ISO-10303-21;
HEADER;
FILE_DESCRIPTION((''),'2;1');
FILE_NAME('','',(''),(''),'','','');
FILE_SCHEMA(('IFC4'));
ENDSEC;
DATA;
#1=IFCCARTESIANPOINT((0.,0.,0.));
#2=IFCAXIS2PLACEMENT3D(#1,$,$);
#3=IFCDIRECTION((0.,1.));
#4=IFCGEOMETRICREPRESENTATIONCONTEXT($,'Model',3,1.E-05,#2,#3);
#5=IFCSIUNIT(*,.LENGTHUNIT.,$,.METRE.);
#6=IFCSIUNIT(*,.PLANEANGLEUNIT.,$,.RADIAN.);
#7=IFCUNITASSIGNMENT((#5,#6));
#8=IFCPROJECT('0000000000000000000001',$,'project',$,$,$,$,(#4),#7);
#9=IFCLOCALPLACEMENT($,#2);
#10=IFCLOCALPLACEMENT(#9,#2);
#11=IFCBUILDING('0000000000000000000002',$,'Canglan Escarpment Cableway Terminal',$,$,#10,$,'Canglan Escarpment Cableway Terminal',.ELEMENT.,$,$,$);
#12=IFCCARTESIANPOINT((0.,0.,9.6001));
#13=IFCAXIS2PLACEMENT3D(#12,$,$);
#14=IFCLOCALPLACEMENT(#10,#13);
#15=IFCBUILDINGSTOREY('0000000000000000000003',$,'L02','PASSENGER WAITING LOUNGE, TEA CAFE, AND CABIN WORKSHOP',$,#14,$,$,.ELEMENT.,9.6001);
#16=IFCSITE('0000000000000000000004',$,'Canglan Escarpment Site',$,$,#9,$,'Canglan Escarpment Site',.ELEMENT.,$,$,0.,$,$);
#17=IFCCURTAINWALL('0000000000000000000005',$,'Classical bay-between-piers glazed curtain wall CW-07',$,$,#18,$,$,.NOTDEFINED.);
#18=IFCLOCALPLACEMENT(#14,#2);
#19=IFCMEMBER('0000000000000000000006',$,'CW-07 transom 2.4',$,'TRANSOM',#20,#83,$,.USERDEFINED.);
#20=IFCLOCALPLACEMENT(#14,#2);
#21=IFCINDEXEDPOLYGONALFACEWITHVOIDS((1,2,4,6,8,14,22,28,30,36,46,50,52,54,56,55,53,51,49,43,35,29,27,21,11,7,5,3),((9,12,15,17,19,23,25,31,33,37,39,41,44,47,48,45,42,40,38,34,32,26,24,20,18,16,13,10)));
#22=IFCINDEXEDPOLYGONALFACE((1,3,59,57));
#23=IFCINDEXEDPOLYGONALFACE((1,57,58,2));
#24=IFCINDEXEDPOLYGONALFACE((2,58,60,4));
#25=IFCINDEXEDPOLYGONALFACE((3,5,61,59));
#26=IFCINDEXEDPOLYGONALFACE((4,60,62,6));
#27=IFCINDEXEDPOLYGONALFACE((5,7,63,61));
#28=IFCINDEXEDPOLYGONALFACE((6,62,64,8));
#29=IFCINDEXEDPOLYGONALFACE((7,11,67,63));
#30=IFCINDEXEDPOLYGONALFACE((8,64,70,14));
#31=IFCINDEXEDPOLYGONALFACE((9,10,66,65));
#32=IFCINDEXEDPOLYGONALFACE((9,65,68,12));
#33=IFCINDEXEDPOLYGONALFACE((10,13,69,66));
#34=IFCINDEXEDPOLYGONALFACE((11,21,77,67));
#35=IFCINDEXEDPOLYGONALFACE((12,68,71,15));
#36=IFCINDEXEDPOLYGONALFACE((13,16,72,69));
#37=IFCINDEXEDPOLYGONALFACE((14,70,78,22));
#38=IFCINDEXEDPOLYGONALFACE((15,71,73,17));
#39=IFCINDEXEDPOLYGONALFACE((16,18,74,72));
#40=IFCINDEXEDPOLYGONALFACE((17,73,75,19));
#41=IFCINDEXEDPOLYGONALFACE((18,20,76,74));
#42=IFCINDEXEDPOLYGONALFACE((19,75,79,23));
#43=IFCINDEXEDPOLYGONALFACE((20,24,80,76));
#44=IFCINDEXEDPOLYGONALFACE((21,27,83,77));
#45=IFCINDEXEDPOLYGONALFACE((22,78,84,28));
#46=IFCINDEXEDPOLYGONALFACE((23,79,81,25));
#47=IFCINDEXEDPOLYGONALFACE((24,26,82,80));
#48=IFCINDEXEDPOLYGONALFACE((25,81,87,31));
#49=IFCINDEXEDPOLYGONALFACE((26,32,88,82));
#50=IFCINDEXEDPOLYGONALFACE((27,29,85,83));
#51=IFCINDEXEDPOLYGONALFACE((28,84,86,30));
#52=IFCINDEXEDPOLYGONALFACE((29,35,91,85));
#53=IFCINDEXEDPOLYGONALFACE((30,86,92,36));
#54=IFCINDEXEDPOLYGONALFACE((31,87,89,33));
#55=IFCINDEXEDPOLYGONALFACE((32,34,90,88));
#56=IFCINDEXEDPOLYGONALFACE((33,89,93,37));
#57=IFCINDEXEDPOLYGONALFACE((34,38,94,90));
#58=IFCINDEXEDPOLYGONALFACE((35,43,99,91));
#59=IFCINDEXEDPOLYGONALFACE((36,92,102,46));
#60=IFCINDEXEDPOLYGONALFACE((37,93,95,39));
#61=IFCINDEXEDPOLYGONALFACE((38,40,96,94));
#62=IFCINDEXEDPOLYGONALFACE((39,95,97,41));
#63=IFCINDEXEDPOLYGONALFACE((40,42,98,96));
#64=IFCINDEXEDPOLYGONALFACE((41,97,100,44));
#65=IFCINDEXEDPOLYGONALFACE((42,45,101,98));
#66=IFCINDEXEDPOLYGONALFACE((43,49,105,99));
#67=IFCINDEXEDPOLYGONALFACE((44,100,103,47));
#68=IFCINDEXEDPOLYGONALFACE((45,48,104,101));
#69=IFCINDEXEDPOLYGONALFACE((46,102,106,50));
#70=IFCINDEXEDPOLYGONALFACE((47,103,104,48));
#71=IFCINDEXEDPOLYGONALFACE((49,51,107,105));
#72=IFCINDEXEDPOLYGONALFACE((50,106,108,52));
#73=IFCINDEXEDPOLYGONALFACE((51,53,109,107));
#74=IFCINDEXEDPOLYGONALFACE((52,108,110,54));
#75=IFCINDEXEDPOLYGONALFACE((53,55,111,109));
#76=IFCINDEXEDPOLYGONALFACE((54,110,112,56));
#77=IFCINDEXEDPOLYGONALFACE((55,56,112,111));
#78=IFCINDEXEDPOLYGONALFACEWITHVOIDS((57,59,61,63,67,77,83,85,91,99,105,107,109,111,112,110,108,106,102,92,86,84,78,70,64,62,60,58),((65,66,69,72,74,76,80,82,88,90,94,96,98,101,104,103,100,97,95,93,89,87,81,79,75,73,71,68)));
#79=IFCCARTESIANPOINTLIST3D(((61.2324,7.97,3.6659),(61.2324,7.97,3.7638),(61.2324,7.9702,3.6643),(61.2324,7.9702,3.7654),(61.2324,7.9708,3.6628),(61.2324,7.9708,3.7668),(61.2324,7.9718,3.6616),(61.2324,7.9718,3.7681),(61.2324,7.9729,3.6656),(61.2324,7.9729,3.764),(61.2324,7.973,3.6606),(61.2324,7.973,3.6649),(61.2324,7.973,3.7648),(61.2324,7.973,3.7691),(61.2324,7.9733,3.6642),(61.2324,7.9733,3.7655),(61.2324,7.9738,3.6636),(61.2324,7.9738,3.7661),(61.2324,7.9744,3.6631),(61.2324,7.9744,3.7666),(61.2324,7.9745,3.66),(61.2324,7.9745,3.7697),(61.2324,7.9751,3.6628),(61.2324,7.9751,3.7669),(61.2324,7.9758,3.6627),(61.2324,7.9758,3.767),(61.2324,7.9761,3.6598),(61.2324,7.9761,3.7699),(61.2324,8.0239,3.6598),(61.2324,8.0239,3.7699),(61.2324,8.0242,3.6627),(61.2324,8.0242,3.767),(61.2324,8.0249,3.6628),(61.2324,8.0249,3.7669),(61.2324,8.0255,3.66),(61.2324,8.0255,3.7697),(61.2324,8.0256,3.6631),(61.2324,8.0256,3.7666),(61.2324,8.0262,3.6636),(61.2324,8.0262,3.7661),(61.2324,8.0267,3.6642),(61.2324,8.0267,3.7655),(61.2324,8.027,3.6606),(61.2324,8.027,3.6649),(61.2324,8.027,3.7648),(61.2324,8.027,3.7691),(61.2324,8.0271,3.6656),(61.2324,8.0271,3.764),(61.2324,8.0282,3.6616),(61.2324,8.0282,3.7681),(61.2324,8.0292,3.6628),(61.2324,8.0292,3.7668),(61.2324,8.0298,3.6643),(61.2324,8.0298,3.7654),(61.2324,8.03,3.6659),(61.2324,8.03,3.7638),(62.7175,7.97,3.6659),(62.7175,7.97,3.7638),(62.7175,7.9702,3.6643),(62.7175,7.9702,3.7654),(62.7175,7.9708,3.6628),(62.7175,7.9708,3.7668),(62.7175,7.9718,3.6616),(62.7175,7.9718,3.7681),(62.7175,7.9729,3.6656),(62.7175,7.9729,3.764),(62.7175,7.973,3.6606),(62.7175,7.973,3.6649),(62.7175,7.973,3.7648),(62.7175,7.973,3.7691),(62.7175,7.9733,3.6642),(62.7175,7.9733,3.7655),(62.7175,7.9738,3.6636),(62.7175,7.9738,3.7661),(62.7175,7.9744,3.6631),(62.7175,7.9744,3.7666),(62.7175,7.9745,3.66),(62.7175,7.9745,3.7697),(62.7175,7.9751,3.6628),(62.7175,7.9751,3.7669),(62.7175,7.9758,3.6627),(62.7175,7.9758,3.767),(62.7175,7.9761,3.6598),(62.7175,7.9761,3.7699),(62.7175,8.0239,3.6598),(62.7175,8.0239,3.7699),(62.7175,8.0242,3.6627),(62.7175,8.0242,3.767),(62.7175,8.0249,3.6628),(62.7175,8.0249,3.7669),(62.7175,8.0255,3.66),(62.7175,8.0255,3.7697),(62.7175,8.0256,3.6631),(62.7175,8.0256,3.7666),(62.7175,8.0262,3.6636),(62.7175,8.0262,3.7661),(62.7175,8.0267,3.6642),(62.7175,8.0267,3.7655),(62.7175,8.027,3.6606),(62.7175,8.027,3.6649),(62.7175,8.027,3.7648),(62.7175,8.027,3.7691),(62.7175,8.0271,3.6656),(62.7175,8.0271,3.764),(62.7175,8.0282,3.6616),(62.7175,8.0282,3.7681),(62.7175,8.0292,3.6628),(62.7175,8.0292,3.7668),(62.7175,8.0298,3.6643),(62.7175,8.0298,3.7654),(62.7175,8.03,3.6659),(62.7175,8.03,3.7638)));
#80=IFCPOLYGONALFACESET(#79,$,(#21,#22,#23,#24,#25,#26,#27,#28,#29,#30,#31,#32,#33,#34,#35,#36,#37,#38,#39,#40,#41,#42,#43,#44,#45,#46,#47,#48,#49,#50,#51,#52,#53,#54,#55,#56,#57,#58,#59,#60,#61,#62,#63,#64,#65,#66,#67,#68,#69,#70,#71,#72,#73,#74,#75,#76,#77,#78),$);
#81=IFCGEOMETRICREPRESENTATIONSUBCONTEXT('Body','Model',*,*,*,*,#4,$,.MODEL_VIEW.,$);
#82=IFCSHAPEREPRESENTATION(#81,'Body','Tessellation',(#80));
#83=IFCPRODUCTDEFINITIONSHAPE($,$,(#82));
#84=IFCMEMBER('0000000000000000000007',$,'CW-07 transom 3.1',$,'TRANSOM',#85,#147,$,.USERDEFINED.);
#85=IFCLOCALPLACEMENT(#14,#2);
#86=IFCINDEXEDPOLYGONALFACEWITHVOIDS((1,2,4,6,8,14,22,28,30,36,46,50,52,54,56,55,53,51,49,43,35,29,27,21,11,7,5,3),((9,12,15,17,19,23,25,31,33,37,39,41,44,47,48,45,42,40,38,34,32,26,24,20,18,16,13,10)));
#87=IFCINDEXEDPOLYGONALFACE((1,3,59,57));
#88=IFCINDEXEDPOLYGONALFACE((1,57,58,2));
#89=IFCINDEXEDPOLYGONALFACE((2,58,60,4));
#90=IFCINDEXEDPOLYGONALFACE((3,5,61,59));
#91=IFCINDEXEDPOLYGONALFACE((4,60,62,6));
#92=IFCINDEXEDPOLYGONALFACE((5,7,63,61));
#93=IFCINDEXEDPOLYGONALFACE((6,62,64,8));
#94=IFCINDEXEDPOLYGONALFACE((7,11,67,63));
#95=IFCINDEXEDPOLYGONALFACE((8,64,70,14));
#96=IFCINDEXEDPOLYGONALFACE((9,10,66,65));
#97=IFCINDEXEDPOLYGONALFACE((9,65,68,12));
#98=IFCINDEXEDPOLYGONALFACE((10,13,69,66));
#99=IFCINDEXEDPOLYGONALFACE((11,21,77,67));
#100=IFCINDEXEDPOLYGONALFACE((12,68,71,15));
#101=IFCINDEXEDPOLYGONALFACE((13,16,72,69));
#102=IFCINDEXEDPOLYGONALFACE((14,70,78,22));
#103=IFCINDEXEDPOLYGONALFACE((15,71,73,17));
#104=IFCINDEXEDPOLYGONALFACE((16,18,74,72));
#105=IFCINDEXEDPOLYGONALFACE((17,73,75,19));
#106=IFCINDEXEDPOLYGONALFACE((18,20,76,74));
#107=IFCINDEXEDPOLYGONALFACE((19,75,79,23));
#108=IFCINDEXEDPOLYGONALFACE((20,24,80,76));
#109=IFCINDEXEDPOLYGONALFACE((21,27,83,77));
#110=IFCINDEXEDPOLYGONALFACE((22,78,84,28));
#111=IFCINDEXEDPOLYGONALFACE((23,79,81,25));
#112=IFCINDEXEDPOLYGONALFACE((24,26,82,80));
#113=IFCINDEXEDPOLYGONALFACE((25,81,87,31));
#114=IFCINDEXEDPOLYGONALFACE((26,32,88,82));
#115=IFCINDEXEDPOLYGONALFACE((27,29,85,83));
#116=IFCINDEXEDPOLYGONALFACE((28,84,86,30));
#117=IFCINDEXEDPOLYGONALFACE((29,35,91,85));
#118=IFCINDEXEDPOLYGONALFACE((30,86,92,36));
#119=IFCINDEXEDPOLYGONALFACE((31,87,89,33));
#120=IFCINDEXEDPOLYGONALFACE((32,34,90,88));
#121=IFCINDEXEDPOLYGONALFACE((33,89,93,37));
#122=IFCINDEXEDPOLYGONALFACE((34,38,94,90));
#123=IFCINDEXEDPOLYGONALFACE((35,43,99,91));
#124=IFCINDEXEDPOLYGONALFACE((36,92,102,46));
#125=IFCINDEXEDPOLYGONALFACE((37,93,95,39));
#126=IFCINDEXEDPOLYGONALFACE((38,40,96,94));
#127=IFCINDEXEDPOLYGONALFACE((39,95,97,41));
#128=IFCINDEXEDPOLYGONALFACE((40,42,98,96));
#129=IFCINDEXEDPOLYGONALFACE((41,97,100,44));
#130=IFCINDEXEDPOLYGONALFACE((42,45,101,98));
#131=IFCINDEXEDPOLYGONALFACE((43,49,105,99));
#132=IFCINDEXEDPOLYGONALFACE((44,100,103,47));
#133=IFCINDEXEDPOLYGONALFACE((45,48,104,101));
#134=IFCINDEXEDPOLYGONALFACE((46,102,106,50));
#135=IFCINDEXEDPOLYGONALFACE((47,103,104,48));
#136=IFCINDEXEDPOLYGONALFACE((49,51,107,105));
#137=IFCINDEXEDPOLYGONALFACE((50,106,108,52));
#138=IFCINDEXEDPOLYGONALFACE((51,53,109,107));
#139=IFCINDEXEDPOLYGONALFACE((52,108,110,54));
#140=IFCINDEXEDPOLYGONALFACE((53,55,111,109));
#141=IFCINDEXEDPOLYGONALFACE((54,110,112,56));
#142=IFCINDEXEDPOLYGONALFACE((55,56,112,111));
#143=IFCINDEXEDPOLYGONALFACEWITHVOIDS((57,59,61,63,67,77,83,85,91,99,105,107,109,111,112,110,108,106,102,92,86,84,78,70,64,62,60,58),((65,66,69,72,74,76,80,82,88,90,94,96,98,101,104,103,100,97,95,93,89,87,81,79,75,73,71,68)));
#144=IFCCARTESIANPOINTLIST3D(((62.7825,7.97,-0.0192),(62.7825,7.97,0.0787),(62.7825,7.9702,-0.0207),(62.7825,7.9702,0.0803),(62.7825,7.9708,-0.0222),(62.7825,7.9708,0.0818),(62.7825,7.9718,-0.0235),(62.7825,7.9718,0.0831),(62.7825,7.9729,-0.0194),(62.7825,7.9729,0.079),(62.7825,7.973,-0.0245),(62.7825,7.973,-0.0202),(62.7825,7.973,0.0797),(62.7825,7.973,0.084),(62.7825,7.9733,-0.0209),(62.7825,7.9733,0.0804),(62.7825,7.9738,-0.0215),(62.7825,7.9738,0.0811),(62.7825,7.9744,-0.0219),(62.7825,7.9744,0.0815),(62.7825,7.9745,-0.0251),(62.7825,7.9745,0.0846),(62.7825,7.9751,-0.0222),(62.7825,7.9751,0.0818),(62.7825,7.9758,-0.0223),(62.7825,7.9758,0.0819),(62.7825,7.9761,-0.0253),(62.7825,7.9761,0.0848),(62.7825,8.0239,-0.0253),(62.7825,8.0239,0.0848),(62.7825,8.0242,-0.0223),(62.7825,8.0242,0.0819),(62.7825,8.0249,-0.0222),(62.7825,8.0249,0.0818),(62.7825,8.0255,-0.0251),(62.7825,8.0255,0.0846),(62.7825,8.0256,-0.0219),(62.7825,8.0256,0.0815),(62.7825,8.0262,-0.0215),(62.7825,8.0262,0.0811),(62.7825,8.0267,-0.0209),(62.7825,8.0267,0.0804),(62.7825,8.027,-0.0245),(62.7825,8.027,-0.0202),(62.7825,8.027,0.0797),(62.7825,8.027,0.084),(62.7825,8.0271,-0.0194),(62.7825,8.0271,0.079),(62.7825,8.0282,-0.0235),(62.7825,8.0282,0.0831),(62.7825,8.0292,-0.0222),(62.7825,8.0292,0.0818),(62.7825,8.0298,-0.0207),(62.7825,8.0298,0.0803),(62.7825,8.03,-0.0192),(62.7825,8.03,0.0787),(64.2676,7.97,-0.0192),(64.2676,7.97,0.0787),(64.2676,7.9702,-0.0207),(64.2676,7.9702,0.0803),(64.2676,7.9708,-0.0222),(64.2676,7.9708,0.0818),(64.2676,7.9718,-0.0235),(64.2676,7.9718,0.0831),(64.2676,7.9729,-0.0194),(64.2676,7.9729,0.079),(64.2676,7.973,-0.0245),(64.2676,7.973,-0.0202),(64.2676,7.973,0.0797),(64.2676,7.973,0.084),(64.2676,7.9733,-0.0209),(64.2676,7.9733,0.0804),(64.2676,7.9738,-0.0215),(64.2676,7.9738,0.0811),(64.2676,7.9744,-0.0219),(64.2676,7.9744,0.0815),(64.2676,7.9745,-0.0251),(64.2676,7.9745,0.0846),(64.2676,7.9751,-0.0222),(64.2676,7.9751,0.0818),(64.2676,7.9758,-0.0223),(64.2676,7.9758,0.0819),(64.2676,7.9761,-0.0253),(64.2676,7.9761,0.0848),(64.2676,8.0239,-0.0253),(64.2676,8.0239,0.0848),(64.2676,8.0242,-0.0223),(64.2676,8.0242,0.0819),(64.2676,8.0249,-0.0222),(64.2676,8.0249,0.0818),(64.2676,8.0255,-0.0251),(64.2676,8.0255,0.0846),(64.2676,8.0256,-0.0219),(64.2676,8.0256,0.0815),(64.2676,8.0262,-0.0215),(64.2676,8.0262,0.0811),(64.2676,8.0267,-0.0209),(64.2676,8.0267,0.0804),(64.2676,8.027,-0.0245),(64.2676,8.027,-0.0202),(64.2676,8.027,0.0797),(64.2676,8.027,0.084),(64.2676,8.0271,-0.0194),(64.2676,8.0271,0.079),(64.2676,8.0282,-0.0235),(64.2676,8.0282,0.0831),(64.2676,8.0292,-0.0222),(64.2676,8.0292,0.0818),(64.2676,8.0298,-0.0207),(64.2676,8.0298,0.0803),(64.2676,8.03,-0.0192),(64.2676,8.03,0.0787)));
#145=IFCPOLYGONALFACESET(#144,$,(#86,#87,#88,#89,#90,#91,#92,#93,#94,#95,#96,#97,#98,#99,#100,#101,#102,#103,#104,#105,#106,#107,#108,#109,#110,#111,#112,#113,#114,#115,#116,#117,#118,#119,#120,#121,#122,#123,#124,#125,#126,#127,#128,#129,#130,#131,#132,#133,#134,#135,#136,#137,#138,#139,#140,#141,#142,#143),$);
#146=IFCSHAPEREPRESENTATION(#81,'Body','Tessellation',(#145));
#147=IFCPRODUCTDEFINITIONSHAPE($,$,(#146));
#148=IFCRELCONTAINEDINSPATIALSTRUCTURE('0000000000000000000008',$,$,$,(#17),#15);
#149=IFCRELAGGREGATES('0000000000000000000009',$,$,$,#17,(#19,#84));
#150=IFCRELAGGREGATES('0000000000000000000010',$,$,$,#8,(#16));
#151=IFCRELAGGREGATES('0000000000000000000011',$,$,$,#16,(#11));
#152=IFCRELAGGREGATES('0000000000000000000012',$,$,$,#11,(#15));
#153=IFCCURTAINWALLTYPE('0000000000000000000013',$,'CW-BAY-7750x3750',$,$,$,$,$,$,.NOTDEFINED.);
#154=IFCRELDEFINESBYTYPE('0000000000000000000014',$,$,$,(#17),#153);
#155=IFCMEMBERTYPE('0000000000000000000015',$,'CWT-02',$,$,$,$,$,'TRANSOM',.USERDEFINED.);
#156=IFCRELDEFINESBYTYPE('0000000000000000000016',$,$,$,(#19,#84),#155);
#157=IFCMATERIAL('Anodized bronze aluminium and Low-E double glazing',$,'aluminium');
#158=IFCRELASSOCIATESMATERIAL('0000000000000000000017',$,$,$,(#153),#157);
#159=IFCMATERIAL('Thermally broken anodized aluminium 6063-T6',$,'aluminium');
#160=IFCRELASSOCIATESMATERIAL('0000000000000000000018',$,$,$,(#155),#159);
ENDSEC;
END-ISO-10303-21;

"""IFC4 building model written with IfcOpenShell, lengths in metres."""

from ifc_helpers import new_model, si_unit, direction, frame, origin, origin_2d, place, context, subcontext, project, spatial, hollow_rectangle, extrude, material, material_profile, profile_set, type_object, element, aggregate, save


model = new_model("IFC4")

# Units and contexts
model_context = context("Model", 3, precision=1e-05, world=origin(), true_north=direction((0.0, 1.0)))
body_context = subcontext(model_context, "Body", "Model", "MODEL_VIEW")
ifc_project = project(units=[si_unit("LENGTHUNIT", "METRE"), si_unit("PLANEANGLEUNIT", "RADIAN")], contexts=[model_context])

# Site, building, storey
site_placement = place(None, origin())
site = spatial("IfcSite", under=ifc_project, at=site_placement, Name="Canglan Escarpment Site", LongName="Canglan Escarpment Site", CompositionType="ELEMENT", RefElevation=0.0)
building_placement = place(site_placement, origin())
building = spatial("IfcBuilding", under=site, at=building_placement, Name="Canglan Escarpment Cableway Terminal", LongName="Canglan Escarpment Cableway Terminal", CompositionType="ELEMENT")
storey_placement = place(building_placement, frame((0.0, 0.0, 9.6001)))
storey = spatial("IfcBuildingStorey", under=building, at=storey_placement, Name="L02", Description="PASSENGER WAITING LOUNGE, TEA CAFE, AND CABIN WORKSHOP", CompositionType="ELEMENT", Elevation=9.6001)

# Curtain wall, members
ifc_material_1 = material(Name="Anodized bronze aluminium and Low-E double glazing", Category="aluminium")
curtain_wall_type = type_object("IfcCurtainWallType", Name="CW-BAY-7750x3750", PredefinedType="NOTDEFINED", material=ifc_material_1)
curtain_wall_placement = place(storey_placement, origin())
curtain_wall = element("IfcCurtainWall", 1, at=curtain_wall_placement, inside=storey, type_object=curtain_wall_type, Name="Classical bay-between-piers glazed curtain wall CW-07", PredefinedType="NOTDEFINED")
ifc_material_2 = material(Name="Thermally broken anodized aluminium 6063-T6", Category="aluminium")
ifc_material_profile_1 = material_profile(ifc_material_2, hollow_rectangle(XDim=0.0601, YDim=0.1101, WallThickness=0.0029, InnerFilletRadius=0.0029, OuterFilletRadius=0.0061, at=origin_2d()), Name="ALU-TRAN 60x110x3")
ifc_profile_set_1 = profile_set([ifc_material_profile_1], Name="Thermally broken anodized aluminium 6063-T6")
member_type_1 = type_object("IfcMemberType", Name="CWT-02", ElementType="TRANSOM", PredefinedType="USERDEFINED", material=ifc_profile_set_1)
member_1_placement = place(storey_placement, frame((61.2324, 8.0, 3.7148), z_axis=(1.0, 0.0, 0.0), x_axis=(0.0, 1.0, 0.0)))
member_1 = element("IfcMember", 2, at=member_1_placement, type_object=member_type_1, Name="CW-07 transom 2.4", ObjectType="TRANSOM", PredefinedType="USERDEFINED", context=body_context, shape_type="SweptSolid", body=[
    extrude(hollow_rectangle(XDim=0.0601, YDim=0.1101, WallThickness=0.0029, InnerFilletRadius=0.0029, OuterFilletRadius=0.0061, at=origin_2d()), origin(), (0.0, 0.0, 1.0), 1.4851),
])
member_2_placement = place(storey_placement, frame((62.7825, 8.0, 0.0298), z_axis=(1.0, 0.0, 0.0), x_axis=(0.0, 1.0, 0.0)))
member_2 = element("IfcMember", 3, at=member_2_placement, type_object=member_type_1, Name="CW-07 transom 3.1", ObjectType="TRANSOM", PredefinedType="USERDEFINED", context=body_context, shape_type="SweptSolid", body=[
    extrude(hollow_rectangle(XDim=0.0601, YDim=0.1101, WallThickness=0.0029, InnerFilletRadius=0.0029, OuterFilletRadius=0.0061, at=origin_2d()), origin(), (0.0, 0.0, 1.0), 1.4851),
])

aggregate(curtain_wall, [member_1, member_2])

save(model, "model.ifc")
